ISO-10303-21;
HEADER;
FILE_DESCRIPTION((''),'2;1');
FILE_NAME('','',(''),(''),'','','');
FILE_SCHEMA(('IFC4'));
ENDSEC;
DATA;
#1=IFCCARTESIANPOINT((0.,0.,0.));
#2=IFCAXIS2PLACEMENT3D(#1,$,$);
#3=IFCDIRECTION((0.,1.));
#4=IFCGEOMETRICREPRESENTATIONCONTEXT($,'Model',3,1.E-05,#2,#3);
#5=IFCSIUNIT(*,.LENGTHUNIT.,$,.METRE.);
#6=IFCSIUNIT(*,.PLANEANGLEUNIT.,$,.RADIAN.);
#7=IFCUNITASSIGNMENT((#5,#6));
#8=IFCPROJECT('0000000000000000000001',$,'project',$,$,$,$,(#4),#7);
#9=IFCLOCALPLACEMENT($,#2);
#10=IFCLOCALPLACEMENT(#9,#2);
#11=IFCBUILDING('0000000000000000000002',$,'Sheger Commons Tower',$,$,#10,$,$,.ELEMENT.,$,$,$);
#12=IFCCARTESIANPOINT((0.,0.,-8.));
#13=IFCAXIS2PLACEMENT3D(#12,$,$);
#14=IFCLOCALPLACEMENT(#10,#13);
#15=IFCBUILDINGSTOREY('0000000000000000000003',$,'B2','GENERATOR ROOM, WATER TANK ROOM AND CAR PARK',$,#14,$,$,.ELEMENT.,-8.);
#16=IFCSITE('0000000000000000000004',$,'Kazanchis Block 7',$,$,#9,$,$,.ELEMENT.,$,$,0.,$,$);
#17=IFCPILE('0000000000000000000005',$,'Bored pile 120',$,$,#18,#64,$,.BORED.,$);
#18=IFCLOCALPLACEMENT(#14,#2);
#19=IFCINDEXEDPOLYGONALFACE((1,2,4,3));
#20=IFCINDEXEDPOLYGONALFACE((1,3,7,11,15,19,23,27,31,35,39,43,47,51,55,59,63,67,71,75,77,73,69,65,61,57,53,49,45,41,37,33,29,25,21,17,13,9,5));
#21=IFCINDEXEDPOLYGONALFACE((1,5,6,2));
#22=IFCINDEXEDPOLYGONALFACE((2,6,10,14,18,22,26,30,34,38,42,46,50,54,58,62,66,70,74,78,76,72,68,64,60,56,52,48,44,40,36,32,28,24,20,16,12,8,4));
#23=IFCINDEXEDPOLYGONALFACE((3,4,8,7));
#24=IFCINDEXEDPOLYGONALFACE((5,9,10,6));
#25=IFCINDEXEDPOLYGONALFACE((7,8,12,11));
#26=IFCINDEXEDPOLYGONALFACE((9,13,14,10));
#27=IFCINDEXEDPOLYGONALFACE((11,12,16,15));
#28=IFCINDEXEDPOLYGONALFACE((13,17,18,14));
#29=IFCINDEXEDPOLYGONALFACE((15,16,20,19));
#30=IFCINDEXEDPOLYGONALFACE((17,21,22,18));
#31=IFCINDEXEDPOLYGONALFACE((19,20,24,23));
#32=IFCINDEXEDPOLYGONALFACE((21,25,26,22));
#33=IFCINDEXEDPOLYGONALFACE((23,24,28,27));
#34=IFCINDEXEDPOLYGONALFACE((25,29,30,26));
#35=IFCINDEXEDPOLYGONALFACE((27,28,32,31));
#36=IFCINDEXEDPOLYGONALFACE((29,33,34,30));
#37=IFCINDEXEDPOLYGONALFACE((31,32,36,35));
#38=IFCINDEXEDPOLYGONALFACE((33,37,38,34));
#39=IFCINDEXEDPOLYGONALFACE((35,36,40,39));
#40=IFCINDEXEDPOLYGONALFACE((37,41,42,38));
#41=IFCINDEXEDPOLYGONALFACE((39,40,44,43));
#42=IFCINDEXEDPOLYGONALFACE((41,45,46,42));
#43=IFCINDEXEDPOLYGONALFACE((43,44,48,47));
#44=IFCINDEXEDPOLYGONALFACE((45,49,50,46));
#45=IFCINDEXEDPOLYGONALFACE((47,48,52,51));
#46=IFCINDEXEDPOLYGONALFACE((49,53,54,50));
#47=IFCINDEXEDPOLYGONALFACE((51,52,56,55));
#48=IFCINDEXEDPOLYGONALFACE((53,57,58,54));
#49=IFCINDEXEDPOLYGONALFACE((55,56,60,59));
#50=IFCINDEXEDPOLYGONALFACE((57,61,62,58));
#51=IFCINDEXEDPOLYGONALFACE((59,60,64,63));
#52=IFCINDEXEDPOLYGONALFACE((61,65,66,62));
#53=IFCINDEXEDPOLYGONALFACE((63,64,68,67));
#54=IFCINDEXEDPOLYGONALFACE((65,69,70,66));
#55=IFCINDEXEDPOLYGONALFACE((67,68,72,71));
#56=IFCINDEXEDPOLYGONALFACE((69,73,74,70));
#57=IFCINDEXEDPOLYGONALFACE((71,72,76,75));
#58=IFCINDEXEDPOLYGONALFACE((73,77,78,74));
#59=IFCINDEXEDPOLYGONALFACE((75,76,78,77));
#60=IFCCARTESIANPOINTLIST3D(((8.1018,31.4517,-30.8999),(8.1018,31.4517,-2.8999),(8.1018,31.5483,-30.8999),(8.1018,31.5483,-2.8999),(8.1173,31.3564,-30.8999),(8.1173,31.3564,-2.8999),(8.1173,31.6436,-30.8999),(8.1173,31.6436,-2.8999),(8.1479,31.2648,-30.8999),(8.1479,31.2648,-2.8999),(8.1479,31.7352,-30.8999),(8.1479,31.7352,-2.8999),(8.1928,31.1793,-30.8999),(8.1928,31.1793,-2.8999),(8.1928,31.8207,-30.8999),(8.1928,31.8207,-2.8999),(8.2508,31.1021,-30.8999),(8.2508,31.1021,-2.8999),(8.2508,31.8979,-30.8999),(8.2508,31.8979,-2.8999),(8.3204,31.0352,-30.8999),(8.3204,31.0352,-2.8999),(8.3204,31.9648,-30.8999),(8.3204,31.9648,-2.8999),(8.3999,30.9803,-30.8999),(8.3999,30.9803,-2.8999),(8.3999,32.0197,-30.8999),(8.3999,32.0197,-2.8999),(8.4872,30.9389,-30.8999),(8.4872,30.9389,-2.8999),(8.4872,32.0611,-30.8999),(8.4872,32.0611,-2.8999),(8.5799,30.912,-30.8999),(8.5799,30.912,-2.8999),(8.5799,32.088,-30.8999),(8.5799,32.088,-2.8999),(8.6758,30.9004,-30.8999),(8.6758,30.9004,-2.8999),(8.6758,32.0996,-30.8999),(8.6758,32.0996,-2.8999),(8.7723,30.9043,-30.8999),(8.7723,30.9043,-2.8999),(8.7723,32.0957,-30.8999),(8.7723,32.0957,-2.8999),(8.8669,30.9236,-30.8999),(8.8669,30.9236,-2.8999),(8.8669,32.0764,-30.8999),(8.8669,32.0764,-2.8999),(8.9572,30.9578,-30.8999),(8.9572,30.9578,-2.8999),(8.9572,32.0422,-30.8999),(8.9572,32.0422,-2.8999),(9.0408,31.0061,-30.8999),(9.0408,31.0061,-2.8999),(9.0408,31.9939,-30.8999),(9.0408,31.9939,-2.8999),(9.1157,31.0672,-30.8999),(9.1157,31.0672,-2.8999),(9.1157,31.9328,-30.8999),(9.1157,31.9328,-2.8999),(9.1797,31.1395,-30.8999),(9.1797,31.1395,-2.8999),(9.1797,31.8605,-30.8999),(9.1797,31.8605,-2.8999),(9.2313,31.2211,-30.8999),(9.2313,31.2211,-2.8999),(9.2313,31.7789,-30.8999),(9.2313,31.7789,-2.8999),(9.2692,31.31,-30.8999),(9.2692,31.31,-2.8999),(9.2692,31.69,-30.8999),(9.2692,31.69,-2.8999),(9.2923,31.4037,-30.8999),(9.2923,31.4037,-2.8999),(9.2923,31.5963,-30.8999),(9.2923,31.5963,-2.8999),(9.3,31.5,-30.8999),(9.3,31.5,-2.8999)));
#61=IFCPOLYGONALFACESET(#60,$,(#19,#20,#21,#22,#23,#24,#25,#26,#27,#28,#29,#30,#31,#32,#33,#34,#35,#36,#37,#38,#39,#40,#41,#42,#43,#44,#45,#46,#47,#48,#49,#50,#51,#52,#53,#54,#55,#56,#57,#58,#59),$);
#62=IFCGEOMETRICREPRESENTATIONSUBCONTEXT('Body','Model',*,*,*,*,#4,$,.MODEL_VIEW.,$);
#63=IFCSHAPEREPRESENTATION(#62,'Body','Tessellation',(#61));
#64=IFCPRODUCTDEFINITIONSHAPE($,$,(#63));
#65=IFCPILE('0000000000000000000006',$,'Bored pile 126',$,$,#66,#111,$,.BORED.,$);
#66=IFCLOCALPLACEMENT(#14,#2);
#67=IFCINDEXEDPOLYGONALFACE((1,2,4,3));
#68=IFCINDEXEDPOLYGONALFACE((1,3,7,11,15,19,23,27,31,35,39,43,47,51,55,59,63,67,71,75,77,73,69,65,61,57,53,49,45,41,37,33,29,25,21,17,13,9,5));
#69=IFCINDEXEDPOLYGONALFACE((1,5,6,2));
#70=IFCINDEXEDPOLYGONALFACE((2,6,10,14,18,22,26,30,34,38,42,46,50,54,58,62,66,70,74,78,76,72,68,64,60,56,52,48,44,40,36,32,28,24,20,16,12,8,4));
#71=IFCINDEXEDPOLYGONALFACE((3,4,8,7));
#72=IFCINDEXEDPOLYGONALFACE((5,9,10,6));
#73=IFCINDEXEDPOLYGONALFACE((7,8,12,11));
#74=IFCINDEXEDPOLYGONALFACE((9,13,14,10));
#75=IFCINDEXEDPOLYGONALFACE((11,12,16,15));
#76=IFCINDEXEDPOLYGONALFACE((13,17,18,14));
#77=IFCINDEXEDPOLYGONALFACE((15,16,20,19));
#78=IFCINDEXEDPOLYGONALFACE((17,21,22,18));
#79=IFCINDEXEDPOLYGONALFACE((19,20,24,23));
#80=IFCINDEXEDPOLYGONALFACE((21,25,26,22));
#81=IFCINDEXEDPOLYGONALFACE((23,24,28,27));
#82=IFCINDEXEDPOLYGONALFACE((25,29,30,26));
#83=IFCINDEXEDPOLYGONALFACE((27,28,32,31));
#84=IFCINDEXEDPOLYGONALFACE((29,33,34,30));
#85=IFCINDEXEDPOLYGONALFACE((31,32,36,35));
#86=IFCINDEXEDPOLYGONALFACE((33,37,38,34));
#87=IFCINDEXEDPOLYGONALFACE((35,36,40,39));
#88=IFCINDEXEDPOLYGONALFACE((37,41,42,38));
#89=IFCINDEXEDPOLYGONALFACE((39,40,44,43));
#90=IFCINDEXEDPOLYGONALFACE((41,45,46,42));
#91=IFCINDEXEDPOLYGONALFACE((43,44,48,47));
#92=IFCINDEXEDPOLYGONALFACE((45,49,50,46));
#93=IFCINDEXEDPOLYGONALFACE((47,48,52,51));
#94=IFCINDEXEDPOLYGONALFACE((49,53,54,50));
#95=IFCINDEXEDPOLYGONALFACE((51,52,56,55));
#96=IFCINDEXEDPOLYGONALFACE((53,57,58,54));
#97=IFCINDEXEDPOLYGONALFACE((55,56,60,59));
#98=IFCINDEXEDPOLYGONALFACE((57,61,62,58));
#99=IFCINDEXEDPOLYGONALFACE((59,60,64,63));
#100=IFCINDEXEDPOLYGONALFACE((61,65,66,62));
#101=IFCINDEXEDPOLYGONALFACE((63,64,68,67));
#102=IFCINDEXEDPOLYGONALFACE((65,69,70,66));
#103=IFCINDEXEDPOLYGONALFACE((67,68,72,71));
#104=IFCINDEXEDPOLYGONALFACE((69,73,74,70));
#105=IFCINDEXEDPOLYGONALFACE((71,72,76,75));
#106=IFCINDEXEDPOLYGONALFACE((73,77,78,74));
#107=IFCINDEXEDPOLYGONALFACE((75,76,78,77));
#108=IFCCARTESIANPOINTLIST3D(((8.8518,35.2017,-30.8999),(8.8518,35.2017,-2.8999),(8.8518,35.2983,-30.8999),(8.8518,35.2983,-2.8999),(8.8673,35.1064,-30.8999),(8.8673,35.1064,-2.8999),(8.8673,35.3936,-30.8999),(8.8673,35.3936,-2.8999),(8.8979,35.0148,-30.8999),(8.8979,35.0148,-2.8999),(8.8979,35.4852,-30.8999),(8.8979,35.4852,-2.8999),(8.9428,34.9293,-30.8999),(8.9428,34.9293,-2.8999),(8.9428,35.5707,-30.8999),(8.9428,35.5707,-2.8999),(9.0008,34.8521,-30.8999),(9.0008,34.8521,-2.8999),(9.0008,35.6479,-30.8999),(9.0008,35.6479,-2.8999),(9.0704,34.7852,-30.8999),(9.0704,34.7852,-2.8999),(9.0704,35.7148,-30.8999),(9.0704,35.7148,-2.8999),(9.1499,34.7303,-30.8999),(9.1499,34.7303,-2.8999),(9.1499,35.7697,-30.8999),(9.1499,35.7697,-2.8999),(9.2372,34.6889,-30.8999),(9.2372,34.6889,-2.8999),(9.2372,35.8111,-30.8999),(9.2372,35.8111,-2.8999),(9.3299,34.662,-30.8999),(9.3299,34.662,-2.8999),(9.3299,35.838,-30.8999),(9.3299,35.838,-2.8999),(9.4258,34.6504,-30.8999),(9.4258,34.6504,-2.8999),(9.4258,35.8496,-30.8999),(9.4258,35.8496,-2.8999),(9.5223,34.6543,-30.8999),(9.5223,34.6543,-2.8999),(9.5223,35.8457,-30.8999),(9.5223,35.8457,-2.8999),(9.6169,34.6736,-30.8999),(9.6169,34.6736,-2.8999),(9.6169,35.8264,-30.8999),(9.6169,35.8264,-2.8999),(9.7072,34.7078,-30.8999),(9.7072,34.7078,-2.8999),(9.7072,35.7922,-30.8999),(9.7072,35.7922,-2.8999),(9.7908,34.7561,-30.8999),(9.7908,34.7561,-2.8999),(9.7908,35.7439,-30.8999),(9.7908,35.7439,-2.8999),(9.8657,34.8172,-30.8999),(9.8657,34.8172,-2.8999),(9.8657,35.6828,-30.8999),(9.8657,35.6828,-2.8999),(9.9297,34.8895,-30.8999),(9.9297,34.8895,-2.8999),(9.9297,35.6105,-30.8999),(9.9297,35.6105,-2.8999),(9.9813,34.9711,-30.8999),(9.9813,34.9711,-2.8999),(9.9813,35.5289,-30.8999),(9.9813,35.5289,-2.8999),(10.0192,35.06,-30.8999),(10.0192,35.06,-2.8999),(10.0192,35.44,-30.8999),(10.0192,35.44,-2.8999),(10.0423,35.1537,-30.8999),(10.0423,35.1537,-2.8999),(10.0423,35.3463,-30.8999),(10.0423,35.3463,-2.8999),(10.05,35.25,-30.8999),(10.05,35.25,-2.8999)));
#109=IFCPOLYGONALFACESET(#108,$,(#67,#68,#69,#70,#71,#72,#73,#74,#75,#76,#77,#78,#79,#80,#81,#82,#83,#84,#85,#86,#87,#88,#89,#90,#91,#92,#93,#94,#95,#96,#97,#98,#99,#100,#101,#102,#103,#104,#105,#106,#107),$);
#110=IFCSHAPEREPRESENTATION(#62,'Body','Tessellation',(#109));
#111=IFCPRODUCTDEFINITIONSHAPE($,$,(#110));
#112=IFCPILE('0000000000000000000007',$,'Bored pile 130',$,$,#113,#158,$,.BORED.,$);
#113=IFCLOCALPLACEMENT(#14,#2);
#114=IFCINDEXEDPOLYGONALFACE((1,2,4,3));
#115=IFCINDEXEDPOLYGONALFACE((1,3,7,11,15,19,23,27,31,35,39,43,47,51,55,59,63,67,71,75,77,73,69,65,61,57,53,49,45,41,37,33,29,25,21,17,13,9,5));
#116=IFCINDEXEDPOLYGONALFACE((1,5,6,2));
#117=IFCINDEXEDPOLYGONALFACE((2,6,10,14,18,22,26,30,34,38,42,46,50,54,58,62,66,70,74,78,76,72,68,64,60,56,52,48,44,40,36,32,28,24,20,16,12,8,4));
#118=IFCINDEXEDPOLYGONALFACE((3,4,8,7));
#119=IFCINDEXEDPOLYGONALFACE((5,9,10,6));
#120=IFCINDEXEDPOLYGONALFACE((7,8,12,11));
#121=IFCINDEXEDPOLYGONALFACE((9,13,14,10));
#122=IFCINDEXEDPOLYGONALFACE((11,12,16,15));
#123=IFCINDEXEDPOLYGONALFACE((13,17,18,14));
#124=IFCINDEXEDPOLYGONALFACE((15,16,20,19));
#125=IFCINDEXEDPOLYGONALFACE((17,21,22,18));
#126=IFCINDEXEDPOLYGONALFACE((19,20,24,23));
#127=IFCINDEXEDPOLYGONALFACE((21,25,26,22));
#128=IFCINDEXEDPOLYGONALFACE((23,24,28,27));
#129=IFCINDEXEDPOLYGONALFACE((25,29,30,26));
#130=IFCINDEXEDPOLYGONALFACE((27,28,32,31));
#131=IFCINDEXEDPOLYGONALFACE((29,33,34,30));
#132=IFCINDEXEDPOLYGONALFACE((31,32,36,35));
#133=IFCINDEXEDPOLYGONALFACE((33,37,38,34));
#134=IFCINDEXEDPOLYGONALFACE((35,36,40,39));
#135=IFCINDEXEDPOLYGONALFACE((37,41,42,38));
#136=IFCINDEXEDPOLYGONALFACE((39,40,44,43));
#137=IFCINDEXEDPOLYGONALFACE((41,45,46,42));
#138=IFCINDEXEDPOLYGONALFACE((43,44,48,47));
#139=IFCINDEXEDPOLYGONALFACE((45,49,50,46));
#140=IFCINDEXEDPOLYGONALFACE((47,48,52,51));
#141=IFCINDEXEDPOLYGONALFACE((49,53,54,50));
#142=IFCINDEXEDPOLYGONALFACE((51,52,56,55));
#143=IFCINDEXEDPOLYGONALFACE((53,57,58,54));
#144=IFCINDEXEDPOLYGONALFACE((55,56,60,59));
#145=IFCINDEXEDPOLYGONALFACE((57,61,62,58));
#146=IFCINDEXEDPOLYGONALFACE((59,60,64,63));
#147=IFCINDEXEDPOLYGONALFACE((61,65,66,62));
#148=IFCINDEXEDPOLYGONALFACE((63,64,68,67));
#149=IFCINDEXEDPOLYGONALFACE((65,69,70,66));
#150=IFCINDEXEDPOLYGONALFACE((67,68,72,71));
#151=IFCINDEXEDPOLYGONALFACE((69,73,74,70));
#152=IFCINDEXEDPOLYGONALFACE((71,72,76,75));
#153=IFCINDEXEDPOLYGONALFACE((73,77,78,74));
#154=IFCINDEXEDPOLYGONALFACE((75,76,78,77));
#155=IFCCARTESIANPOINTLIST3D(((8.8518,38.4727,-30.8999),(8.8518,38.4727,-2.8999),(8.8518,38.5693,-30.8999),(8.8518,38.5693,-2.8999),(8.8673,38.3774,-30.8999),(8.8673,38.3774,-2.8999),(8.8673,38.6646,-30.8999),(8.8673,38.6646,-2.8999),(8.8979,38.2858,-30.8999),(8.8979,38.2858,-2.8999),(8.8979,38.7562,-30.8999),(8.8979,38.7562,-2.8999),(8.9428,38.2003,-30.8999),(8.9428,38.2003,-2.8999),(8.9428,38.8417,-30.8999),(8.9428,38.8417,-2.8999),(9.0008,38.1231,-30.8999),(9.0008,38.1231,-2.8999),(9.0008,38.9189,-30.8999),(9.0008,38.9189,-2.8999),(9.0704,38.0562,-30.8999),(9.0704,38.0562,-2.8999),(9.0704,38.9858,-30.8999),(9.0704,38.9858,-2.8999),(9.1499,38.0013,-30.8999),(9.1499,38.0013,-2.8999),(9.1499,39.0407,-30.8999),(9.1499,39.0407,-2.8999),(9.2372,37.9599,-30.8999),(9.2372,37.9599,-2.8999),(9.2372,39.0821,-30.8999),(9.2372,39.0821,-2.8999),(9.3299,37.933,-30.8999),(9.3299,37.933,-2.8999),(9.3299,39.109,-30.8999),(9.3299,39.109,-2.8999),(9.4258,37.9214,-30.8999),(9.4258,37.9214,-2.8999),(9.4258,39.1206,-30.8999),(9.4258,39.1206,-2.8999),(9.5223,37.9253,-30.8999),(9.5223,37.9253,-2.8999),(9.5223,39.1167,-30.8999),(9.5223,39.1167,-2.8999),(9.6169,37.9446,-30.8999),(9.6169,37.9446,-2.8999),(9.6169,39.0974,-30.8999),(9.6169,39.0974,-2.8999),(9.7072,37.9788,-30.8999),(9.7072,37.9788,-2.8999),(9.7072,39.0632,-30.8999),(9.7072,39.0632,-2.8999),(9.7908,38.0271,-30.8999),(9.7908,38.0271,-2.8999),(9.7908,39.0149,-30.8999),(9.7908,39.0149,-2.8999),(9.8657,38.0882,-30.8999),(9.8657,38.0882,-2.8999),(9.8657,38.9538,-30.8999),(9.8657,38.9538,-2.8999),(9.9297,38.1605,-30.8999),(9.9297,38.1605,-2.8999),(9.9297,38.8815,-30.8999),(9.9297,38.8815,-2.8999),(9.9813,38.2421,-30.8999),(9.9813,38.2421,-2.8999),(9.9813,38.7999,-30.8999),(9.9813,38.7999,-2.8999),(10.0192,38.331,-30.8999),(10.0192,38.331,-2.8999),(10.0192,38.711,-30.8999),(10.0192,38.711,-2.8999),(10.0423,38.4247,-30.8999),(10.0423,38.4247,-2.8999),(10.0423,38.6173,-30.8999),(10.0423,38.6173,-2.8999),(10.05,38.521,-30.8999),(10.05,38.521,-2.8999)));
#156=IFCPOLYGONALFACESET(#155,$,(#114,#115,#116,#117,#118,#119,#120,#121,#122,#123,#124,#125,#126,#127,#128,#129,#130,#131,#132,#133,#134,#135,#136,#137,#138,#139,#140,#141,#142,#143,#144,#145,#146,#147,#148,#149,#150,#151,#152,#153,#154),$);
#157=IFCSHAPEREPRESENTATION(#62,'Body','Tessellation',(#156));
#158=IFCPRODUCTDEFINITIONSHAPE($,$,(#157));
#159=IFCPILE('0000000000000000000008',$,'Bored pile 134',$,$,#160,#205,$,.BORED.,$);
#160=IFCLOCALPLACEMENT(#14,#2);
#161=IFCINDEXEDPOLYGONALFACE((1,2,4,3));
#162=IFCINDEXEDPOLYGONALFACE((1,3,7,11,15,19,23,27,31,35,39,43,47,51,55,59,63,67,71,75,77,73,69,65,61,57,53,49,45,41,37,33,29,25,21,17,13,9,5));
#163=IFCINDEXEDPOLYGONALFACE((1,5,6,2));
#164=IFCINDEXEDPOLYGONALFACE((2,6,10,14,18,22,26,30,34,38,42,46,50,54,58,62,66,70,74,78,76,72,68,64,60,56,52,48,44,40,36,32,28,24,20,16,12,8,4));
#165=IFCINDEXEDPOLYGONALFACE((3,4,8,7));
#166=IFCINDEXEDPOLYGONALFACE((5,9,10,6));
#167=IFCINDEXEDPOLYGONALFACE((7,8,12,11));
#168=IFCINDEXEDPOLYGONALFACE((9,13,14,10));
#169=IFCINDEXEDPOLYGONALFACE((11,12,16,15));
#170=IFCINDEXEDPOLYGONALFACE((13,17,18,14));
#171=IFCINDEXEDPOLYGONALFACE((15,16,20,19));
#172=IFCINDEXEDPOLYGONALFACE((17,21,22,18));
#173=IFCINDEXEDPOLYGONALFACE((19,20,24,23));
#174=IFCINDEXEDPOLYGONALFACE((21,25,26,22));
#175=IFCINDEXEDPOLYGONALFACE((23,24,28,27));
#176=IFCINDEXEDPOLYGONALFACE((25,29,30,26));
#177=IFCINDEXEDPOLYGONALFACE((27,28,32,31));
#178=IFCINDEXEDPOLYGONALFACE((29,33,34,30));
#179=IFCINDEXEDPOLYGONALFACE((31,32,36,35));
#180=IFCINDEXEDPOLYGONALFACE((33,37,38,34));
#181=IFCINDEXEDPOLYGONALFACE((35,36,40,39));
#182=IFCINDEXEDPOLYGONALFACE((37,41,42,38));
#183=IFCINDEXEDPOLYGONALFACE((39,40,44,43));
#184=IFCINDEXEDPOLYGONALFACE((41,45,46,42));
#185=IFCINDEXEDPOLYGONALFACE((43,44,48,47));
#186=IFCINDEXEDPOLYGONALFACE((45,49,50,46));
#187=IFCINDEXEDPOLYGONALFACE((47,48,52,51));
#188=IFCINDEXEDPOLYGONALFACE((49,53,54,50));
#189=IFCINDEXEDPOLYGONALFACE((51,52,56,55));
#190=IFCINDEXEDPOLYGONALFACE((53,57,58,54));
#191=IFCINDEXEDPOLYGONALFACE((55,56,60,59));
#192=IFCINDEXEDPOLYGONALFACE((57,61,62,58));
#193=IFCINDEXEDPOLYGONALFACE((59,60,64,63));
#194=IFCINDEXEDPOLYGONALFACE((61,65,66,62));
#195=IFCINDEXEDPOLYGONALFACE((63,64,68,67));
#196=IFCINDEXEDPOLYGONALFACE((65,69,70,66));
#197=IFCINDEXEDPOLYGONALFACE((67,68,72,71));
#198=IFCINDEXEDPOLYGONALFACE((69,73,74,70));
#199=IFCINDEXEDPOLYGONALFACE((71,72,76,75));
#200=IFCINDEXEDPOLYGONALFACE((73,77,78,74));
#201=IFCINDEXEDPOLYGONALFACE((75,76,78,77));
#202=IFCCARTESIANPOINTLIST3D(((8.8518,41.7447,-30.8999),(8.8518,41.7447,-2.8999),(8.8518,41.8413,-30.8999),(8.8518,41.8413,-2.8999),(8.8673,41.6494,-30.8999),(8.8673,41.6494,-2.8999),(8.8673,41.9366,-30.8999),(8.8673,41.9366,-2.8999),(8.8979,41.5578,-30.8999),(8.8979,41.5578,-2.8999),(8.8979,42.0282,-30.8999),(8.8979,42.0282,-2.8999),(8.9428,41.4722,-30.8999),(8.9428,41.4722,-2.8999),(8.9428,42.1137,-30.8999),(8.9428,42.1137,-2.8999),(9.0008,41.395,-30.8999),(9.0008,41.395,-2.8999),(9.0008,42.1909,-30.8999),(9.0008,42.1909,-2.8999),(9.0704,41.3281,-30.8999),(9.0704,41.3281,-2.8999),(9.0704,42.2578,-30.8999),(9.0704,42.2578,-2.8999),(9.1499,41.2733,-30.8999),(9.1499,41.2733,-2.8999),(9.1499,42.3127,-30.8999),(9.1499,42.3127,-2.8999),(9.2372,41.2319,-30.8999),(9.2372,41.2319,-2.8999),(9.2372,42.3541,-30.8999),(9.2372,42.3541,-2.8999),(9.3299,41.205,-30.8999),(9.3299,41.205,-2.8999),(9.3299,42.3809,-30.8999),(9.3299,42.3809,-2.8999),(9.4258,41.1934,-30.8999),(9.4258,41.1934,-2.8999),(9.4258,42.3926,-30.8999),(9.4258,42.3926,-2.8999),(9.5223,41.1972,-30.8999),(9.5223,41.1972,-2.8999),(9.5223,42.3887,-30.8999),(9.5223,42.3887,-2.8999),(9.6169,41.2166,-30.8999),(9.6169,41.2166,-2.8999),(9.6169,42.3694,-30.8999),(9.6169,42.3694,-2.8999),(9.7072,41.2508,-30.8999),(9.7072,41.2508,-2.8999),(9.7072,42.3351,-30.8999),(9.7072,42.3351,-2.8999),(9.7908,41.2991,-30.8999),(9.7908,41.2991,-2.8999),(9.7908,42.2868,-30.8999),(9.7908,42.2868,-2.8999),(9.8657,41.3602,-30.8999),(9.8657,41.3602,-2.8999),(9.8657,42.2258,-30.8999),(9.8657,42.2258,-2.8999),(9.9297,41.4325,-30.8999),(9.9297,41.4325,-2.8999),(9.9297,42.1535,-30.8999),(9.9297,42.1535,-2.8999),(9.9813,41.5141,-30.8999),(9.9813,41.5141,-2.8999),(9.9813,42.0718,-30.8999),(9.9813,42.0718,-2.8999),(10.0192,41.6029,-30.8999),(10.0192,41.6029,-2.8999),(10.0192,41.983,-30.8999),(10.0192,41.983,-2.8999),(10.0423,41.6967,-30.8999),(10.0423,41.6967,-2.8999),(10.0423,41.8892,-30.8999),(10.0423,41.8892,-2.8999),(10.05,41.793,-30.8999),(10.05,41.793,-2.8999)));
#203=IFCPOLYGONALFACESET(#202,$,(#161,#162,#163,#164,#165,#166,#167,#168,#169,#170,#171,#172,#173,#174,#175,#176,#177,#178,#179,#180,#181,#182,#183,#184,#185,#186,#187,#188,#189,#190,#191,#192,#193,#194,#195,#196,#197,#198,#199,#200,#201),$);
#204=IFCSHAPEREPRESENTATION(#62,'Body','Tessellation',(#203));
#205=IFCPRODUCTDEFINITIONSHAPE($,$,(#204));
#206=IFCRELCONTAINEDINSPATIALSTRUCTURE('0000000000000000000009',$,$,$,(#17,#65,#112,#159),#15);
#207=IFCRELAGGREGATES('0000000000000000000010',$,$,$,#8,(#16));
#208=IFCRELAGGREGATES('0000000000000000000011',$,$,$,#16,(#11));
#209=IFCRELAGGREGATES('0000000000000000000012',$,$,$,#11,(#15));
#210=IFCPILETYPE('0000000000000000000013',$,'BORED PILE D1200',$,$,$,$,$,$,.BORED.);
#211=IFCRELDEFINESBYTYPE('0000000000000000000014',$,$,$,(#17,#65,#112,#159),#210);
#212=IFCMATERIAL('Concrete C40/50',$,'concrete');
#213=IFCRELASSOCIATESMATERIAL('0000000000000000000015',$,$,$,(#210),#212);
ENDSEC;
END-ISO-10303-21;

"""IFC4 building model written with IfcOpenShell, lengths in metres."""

from ifc_helpers import new_model, si_unit, direction, frame, origin, origin_2d, place, context, subcontext, project, spatial, circle, extrude, material, material_profile, profile_set, type_object, element, save


model = new_model("IFC4")

# Units and contexts
model_context = context("Model", 3, precision=1e-05, world=origin(), true_north=direction((0.0, 1.0)))
body_context = subcontext(model_context, "Body", "Model", "MODEL_VIEW")
ifc_project = project(units=[si_unit("LENGTHUNIT", "METRE"), si_unit("PLANEANGLEUNIT", "RADIAN")], contexts=[model_context])

# Site, building, storey
site_placement = place(None, origin())
site = spatial("IfcSite", under=ifc_project, at=site_placement, Name="Kazanchis Block 7", CompositionType="ELEMENT", RefElevation=0.0)
building_placement = place(site_placement, origin())
building = spatial("IfcBuilding", under=site, at=building_placement, Name="Sheger Commons Tower", CompositionType="ELEMENT")
storey_placement = place(building_placement, frame((0.0, 0.0, -8.0)))
storey = spatial("IfcBuildingStorey", under=building, at=storey_placement, Name="B2", Description="GENERATOR ROOM, WATER TANK ROOM AND CAR PARK", CompositionType="ELEMENT", Elevation=-8.0)

# Piles
ifc_material_1 = material(Name="Concrete C40/50", Category="concrete")
ifc_material_profile_1 = material_profile(ifc_material_1, circle(Radius=0.6001, at=origin_2d()), Name="PILE D1200")
ifc_profile_set_1 = profile_set([ifc_material_profile_1], Name="Concrete C40/50")
pile_type_1 = type_object("IfcPileType", Name="BORED PILE D1200", PredefinedType="BORED", material=ifc_profile_set_1)
for number, where, z_axis, x_axis, name in (
    (1, (8.7, 31.5, -2.8999), (0.0, 0.0, -1.0), (1.0, 0.0, 0.0), "Bored pile 120"),
    (2, (9.45, 35.25, -2.8999), (0.0, 0.0, -1.0), (1.0, 0.0, 0.0), "Bored pile 126"),
    (3, (9.45, 38.521, -2.8999), (0.0, 0.0, -1.0), (1.0, 0.0, 0.0), "Bored pile 130"),
    (4, (9.45, 41.793, -2.8999), (0.0, 0.0, -1.0), (1.0, 0.0, 0.0), "Bored pile 134"),
):
    element("IfcPile", number, at=place(storey_placement, frame(where, z_axis=z_axis, x_axis=x_axis)), inside=storey, type_object=pile_type_1, Name=name, PredefinedType="BORED", context=body_context, shape_type="SweptSolid", body=[
        extrude(circle(Radius=0.6001, at=origin_2d()), origin(), (0.0, 0.0, 1.0), 28.0),
    ])

save(model, "model.ifc")
